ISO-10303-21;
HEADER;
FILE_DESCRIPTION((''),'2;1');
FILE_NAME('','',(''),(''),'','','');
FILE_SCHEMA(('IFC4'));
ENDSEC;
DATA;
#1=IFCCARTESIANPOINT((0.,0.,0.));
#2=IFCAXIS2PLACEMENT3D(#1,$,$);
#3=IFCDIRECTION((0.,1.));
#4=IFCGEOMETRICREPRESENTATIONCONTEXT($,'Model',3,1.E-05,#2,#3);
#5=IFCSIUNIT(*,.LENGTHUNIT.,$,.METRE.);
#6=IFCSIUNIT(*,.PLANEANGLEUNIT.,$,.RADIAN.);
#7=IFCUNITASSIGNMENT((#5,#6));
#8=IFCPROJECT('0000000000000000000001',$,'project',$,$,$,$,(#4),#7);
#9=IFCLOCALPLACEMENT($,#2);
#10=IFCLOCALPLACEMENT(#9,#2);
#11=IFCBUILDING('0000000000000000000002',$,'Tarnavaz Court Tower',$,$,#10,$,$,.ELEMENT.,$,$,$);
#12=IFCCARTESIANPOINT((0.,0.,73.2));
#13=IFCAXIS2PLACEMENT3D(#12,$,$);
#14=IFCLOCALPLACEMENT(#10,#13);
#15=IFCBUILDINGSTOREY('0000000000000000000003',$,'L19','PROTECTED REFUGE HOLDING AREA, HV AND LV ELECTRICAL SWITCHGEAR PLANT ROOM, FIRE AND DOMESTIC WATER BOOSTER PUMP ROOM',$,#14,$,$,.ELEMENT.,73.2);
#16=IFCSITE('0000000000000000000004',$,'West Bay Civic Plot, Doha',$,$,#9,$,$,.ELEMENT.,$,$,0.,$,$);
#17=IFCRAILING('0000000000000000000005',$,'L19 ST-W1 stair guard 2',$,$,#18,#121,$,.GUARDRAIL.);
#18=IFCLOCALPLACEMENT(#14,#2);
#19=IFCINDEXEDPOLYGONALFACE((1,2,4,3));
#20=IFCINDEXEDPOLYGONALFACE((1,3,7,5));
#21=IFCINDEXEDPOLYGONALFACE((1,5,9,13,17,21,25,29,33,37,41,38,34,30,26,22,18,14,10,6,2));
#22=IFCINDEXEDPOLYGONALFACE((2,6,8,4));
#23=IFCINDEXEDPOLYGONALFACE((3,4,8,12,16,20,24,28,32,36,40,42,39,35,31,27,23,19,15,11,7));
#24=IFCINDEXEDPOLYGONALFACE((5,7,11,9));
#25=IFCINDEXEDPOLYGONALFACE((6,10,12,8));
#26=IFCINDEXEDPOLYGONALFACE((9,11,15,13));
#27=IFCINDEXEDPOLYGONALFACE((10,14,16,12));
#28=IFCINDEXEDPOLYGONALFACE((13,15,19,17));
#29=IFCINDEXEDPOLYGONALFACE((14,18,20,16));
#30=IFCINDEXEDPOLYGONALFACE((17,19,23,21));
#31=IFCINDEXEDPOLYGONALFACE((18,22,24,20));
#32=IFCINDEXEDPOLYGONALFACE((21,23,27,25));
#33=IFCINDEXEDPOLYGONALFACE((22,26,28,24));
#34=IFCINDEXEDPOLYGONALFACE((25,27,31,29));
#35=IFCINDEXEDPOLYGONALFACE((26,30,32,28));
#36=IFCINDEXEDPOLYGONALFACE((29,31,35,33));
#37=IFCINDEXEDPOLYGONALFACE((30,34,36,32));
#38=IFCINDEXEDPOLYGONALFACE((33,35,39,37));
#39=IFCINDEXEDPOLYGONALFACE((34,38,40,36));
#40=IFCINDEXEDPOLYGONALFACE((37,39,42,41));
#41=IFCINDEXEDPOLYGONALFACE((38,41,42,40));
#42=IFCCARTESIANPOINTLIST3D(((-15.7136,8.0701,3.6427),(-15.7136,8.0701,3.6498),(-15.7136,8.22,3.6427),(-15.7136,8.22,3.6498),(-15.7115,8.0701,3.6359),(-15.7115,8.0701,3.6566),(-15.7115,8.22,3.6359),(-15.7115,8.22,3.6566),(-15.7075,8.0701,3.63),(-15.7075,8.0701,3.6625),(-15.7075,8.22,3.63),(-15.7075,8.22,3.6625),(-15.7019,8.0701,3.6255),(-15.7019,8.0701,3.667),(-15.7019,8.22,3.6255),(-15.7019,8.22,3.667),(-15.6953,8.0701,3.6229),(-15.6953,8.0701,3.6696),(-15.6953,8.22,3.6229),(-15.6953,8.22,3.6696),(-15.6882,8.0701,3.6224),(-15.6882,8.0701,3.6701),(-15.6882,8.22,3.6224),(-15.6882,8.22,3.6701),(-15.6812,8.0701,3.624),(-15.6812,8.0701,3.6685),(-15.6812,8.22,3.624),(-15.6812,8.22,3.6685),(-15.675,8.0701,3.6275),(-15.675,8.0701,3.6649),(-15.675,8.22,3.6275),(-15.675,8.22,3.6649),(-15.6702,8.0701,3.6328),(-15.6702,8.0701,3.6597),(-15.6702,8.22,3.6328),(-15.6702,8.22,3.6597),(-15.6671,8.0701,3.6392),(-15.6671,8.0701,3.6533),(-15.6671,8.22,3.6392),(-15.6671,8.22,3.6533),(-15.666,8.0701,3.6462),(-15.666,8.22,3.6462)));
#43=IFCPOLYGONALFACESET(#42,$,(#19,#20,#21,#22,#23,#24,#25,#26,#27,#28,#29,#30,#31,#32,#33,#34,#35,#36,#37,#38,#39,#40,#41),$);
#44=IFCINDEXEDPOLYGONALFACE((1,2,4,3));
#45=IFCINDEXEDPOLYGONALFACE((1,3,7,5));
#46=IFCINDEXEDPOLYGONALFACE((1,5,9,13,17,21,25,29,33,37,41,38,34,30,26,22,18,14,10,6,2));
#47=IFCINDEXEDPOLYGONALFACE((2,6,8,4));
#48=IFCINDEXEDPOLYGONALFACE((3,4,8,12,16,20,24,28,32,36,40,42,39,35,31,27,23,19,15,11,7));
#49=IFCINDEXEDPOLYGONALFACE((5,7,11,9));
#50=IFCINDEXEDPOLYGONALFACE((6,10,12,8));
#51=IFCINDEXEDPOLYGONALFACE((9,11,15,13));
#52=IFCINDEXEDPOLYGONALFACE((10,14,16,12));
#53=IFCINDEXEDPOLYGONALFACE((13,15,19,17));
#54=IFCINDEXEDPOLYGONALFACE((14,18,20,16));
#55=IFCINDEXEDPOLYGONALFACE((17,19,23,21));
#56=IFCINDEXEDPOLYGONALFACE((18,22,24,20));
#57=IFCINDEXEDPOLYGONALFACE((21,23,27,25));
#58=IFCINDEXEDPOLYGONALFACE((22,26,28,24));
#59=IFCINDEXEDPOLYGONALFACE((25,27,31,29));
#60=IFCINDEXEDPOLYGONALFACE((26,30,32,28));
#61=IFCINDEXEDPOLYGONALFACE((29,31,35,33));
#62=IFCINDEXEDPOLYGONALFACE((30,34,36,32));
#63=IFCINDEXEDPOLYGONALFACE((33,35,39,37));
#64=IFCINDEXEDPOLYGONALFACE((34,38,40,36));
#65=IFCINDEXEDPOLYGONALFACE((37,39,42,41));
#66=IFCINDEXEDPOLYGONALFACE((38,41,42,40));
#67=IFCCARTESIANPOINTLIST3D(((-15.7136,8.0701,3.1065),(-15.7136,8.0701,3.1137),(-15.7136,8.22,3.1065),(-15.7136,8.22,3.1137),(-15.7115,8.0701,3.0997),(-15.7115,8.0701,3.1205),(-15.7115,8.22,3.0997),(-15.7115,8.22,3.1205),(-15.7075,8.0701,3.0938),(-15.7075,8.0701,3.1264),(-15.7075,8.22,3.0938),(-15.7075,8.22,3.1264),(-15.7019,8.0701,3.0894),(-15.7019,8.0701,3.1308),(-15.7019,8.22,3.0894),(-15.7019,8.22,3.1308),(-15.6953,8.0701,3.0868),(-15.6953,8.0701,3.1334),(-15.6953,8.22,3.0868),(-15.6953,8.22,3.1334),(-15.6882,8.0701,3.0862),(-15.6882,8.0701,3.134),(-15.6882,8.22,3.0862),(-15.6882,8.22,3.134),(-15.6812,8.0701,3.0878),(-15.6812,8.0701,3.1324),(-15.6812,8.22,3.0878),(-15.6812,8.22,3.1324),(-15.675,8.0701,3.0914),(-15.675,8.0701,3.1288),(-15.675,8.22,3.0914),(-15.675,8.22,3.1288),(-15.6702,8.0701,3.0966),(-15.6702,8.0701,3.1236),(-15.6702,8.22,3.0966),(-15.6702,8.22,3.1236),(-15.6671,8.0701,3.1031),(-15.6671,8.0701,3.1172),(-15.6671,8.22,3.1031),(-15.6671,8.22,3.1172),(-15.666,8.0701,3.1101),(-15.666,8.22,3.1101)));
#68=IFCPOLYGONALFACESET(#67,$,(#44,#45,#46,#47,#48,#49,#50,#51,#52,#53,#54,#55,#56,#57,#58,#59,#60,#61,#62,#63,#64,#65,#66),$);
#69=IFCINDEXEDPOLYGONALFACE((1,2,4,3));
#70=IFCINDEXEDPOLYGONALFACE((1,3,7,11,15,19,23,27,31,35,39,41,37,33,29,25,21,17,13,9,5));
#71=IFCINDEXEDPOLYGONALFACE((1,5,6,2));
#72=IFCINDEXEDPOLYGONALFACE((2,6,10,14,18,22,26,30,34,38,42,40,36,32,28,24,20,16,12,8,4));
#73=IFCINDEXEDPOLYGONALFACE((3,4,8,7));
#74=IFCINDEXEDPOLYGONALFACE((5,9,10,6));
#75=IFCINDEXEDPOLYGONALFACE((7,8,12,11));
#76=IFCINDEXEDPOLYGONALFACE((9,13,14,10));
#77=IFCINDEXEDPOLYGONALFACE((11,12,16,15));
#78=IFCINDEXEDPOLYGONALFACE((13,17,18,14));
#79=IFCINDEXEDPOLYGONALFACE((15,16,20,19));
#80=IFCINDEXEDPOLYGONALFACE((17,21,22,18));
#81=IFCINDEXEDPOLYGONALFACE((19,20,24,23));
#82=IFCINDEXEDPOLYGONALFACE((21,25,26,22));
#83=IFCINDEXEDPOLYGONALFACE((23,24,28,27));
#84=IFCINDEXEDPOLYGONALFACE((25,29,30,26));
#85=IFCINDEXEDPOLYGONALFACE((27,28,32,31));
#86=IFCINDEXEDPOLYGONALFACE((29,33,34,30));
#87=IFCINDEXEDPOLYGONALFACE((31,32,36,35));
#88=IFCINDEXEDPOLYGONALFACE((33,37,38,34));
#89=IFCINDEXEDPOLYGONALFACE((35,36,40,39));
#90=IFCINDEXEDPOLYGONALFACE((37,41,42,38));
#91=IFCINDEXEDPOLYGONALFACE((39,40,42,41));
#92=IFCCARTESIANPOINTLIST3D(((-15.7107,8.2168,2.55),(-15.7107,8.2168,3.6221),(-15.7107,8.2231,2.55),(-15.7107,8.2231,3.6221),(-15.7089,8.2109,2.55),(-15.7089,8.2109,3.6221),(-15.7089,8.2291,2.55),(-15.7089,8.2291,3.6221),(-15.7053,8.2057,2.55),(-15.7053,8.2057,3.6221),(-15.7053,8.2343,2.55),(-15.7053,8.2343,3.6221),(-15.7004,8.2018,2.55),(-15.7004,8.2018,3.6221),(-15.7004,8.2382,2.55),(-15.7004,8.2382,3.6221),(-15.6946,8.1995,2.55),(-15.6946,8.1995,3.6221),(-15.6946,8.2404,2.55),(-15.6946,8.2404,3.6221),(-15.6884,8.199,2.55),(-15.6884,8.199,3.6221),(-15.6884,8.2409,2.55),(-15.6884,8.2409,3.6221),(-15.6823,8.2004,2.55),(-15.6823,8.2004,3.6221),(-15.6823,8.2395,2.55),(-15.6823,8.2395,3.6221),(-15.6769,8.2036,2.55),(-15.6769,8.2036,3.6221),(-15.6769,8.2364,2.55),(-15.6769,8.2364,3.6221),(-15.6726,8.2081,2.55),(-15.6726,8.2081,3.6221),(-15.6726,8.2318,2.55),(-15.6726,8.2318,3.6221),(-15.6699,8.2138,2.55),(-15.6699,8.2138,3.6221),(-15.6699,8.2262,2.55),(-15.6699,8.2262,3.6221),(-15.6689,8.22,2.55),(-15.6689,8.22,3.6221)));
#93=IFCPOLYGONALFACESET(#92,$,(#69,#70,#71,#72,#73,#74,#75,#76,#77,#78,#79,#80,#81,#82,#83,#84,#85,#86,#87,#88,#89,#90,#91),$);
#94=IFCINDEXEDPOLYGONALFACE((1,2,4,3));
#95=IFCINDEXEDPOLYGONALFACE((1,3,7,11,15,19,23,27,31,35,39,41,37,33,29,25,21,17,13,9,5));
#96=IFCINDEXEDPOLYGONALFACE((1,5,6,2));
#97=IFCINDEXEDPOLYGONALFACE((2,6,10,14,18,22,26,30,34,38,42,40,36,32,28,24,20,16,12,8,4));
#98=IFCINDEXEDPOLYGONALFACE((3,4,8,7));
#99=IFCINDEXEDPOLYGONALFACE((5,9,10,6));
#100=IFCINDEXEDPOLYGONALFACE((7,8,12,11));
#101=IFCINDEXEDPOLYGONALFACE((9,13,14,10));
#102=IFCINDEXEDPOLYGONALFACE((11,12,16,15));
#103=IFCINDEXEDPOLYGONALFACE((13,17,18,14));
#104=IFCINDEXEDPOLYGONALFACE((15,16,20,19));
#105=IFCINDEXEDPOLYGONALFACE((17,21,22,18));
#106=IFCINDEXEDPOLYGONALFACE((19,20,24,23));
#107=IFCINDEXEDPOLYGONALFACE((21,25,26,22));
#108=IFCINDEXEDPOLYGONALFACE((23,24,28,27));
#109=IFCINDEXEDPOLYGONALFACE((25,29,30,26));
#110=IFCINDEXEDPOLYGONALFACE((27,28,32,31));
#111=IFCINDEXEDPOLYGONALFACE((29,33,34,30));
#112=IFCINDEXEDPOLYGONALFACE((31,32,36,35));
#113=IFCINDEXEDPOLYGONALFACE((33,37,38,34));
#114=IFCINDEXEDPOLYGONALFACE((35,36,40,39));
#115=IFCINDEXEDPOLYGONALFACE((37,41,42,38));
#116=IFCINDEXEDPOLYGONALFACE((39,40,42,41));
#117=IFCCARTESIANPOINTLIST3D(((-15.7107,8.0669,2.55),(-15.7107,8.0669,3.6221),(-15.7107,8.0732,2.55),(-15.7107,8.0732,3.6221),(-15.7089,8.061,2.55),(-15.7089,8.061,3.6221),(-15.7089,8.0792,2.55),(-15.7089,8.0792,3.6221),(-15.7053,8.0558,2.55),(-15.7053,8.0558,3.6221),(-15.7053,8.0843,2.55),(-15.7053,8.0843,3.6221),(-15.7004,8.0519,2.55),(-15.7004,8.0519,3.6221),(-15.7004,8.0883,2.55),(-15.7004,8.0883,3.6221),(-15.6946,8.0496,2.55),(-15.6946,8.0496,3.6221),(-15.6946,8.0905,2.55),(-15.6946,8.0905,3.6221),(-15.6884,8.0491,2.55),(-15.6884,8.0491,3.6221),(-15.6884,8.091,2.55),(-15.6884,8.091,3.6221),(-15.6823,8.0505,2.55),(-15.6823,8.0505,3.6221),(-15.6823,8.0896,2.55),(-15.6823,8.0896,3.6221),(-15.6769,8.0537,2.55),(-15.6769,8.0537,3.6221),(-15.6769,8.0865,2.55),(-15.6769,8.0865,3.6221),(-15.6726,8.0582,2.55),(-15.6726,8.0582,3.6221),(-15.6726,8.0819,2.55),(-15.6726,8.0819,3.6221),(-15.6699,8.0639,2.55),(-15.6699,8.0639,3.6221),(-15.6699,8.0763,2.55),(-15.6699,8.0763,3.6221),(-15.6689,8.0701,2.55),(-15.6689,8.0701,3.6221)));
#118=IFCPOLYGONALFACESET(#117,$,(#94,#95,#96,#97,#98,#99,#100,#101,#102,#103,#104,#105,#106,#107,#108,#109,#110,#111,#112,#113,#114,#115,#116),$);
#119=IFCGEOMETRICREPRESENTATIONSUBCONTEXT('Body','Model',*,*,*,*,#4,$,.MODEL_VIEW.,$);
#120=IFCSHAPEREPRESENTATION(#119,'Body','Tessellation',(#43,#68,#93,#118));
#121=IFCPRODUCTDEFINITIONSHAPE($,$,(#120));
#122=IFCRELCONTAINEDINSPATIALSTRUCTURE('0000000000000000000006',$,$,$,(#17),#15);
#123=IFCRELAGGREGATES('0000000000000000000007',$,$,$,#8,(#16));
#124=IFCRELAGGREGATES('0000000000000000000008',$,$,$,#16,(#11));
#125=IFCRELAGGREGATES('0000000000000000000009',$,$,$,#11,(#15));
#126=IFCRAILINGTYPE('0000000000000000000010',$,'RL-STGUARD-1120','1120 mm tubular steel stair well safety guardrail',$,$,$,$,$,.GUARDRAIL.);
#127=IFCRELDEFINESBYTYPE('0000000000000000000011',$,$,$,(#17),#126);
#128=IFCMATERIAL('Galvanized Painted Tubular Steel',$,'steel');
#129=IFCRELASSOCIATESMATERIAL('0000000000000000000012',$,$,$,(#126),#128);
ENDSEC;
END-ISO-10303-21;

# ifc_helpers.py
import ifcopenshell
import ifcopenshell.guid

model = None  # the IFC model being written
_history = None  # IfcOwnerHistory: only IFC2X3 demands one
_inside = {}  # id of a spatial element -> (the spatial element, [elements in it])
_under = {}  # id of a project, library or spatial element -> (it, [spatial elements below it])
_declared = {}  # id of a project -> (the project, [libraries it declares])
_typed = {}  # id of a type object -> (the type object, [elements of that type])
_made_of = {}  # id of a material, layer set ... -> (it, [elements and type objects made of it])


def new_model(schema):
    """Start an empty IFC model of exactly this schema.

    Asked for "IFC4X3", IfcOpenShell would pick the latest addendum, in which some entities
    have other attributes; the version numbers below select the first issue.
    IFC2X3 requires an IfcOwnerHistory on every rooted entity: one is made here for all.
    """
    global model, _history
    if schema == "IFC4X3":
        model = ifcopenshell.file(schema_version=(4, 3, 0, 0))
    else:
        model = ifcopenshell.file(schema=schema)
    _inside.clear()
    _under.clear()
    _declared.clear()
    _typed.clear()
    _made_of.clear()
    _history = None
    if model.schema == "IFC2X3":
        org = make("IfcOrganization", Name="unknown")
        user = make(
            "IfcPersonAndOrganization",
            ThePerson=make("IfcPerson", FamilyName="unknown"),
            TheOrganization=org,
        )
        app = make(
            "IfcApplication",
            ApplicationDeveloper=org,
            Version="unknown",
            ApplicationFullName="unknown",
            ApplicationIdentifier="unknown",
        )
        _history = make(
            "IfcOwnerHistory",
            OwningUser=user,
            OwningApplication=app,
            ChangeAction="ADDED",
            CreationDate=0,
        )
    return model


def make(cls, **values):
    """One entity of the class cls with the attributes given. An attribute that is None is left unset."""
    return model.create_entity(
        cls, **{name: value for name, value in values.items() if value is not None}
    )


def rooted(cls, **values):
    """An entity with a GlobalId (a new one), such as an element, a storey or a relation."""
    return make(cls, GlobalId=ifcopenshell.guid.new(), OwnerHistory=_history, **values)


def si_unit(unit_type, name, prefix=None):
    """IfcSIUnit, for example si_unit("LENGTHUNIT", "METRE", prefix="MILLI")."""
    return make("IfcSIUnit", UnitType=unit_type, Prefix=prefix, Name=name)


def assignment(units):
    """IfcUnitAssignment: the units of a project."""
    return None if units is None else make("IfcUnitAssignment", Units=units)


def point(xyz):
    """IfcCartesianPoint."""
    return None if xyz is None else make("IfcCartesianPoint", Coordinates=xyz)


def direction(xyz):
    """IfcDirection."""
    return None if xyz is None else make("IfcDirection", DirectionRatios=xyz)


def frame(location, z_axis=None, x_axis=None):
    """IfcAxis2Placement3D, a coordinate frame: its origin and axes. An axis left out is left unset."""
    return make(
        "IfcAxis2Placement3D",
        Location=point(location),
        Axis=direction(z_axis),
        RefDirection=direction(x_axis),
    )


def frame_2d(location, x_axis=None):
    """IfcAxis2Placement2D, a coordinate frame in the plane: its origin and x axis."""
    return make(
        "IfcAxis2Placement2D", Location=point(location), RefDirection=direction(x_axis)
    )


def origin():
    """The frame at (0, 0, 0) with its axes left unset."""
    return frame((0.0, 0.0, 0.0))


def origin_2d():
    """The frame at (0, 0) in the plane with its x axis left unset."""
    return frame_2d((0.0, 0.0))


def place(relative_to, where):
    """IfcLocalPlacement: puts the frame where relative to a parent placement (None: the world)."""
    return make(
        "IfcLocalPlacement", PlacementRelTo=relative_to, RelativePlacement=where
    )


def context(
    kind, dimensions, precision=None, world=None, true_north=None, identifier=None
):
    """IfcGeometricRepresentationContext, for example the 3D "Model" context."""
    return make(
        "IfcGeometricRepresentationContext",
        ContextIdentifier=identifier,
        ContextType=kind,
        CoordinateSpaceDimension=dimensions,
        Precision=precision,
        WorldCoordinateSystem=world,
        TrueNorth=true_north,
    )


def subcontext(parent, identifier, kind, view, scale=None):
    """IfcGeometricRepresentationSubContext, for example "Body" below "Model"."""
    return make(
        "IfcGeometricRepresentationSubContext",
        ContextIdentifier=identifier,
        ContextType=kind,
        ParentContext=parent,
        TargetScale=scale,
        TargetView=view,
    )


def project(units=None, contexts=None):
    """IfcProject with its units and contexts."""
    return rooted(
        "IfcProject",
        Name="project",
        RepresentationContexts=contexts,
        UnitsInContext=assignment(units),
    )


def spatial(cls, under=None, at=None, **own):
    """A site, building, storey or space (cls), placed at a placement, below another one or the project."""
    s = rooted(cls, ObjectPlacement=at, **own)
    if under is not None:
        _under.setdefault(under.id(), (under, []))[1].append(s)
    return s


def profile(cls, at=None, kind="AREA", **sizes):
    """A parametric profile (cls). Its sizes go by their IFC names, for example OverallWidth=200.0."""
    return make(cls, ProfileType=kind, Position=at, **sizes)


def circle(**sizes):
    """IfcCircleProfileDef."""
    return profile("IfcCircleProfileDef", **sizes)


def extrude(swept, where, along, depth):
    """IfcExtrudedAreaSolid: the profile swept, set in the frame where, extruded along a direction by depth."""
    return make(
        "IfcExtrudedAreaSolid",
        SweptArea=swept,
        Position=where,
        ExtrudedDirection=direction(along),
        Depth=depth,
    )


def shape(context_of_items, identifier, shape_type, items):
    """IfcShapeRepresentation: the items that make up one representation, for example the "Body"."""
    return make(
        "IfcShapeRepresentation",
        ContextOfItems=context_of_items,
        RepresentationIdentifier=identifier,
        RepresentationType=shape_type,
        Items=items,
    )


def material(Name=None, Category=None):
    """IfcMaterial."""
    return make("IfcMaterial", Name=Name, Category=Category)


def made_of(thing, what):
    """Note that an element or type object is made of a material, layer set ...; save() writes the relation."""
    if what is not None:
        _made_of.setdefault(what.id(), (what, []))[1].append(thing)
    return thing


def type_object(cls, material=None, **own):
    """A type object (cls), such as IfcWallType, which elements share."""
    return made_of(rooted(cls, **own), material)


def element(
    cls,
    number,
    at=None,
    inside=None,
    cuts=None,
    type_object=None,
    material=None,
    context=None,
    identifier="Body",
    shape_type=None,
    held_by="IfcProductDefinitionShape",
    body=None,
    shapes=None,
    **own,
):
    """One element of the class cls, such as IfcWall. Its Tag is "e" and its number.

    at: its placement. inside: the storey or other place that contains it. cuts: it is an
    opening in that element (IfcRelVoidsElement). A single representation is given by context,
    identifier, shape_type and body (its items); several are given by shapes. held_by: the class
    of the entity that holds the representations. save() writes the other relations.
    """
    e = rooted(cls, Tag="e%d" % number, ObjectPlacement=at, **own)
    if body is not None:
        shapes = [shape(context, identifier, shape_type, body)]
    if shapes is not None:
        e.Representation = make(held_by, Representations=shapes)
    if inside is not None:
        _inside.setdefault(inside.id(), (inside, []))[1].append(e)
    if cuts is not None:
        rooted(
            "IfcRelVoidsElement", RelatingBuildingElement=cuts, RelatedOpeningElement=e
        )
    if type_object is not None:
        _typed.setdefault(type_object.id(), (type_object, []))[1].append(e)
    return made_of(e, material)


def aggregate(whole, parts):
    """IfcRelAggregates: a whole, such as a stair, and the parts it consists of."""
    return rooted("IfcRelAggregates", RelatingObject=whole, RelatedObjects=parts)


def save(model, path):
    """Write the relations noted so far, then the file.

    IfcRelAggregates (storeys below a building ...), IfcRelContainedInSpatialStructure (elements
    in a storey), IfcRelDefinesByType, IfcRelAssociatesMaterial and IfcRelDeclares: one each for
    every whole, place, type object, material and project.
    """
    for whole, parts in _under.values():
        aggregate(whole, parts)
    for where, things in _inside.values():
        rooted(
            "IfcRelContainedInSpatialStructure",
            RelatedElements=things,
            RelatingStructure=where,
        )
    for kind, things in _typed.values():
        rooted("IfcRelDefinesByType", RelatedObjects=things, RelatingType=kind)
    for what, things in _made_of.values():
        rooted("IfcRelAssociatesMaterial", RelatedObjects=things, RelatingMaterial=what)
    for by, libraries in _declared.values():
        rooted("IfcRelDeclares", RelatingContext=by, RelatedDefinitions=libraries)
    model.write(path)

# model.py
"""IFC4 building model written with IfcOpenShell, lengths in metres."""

from ifc_helpers import new_model, si_unit, direction, frame, origin, origin_2d, place, context, subcontext, project, spatial, circle, extrude, material, type_object, element, save


model = new_model("IFC4")

# Units and contexts
model_context = context("Model", 3, precision=1e-05, world=origin(), true_north=direction((0.0, 1.0)))
body_context = subcontext(model_context, "Body", "Model", "MODEL_VIEW")
ifc_project = project(units=[si_unit("LENGTHUNIT", "METRE"), si_unit("PLANEANGLEUNIT", "RADIAN")], contexts=[model_context])

# Site, building, storey
site_placement = place(None, origin())
site = spatial("IfcSite", under=ifc_project, at=site_placement, Name="West Bay Civic Plot, Doha", CompositionType="ELEMENT", RefElevation=0.0)
building_placement = place(site_placement, origin())
building = spatial("IfcBuilding", under=site, at=building_placement, Name="Tarnavaz Court Tower", CompositionType="ELEMENT")
storey_placement = place(building_placement, frame((0.0, 0.0, 73.2)))
storey = spatial("IfcBuildingStorey", under=building, at=storey_placement, Name="L19", Description="PROTECTED REFUGE HOLDING AREA, HV AND LV ELECTRICAL SWITCHGEAR PLANT ROOM, FIRE AND DOMESTIC WATER BOOSTER PUMP ROOM", CompositionType="ELEMENT", Elevation=73.2)

# Railing
ifc_material_1 = material(Name="Galvanized Painted Tubular Steel", Category="steel")
railing_type_1 = type_object("IfcRailingType", Name="RL-STGUARD-1120", Description="1120 mm tubular steel stair well safety guardrail", PredefinedType="GUARDRAIL", material=ifc_material_1)
railing_1_placement = place(storey_placement, frame((-15.6899, 8.22, 2.55)))
element("IfcRailing", 1, at=railing_1_placement, inside=storey, type_object=railing_type_1, Name="L19 ST-W1 stair guard 2", PredefinedType="GUARDRAIL", context=body_context, shape_type="SweptSolid", body=[
    extrude(circle(Radius=0.0239, at=origin_2d()), frame((0.0, 0.0, 1.0962), z_axis=(0.0, -1.0, 0.0), x_axis=(1.0, 0.0, 0.0)), (0.0, 0.0, 1.0), 0.1499),
    extrude(circle(Radius=0.0239, at=origin_2d()), frame((0.0, 0.0, 0.5601), z_axis=(0.0, -1.0, 0.0), x_axis=(1.0, 0.0, 0.0)), (0.0, 0.0, 1.0), 0.1499),
    extrude(circle(Radius=0.021, at=origin_2d()), origin(), (0.0, 0.0, 1.0), 1.072),
    extrude(circle(Radius=0.021, at=origin_2d()), frame((0.0, -0.1499, 0.0)), (0.0, 0.0, 1.0), 1.072),
])

save(model, "model.ifc")
